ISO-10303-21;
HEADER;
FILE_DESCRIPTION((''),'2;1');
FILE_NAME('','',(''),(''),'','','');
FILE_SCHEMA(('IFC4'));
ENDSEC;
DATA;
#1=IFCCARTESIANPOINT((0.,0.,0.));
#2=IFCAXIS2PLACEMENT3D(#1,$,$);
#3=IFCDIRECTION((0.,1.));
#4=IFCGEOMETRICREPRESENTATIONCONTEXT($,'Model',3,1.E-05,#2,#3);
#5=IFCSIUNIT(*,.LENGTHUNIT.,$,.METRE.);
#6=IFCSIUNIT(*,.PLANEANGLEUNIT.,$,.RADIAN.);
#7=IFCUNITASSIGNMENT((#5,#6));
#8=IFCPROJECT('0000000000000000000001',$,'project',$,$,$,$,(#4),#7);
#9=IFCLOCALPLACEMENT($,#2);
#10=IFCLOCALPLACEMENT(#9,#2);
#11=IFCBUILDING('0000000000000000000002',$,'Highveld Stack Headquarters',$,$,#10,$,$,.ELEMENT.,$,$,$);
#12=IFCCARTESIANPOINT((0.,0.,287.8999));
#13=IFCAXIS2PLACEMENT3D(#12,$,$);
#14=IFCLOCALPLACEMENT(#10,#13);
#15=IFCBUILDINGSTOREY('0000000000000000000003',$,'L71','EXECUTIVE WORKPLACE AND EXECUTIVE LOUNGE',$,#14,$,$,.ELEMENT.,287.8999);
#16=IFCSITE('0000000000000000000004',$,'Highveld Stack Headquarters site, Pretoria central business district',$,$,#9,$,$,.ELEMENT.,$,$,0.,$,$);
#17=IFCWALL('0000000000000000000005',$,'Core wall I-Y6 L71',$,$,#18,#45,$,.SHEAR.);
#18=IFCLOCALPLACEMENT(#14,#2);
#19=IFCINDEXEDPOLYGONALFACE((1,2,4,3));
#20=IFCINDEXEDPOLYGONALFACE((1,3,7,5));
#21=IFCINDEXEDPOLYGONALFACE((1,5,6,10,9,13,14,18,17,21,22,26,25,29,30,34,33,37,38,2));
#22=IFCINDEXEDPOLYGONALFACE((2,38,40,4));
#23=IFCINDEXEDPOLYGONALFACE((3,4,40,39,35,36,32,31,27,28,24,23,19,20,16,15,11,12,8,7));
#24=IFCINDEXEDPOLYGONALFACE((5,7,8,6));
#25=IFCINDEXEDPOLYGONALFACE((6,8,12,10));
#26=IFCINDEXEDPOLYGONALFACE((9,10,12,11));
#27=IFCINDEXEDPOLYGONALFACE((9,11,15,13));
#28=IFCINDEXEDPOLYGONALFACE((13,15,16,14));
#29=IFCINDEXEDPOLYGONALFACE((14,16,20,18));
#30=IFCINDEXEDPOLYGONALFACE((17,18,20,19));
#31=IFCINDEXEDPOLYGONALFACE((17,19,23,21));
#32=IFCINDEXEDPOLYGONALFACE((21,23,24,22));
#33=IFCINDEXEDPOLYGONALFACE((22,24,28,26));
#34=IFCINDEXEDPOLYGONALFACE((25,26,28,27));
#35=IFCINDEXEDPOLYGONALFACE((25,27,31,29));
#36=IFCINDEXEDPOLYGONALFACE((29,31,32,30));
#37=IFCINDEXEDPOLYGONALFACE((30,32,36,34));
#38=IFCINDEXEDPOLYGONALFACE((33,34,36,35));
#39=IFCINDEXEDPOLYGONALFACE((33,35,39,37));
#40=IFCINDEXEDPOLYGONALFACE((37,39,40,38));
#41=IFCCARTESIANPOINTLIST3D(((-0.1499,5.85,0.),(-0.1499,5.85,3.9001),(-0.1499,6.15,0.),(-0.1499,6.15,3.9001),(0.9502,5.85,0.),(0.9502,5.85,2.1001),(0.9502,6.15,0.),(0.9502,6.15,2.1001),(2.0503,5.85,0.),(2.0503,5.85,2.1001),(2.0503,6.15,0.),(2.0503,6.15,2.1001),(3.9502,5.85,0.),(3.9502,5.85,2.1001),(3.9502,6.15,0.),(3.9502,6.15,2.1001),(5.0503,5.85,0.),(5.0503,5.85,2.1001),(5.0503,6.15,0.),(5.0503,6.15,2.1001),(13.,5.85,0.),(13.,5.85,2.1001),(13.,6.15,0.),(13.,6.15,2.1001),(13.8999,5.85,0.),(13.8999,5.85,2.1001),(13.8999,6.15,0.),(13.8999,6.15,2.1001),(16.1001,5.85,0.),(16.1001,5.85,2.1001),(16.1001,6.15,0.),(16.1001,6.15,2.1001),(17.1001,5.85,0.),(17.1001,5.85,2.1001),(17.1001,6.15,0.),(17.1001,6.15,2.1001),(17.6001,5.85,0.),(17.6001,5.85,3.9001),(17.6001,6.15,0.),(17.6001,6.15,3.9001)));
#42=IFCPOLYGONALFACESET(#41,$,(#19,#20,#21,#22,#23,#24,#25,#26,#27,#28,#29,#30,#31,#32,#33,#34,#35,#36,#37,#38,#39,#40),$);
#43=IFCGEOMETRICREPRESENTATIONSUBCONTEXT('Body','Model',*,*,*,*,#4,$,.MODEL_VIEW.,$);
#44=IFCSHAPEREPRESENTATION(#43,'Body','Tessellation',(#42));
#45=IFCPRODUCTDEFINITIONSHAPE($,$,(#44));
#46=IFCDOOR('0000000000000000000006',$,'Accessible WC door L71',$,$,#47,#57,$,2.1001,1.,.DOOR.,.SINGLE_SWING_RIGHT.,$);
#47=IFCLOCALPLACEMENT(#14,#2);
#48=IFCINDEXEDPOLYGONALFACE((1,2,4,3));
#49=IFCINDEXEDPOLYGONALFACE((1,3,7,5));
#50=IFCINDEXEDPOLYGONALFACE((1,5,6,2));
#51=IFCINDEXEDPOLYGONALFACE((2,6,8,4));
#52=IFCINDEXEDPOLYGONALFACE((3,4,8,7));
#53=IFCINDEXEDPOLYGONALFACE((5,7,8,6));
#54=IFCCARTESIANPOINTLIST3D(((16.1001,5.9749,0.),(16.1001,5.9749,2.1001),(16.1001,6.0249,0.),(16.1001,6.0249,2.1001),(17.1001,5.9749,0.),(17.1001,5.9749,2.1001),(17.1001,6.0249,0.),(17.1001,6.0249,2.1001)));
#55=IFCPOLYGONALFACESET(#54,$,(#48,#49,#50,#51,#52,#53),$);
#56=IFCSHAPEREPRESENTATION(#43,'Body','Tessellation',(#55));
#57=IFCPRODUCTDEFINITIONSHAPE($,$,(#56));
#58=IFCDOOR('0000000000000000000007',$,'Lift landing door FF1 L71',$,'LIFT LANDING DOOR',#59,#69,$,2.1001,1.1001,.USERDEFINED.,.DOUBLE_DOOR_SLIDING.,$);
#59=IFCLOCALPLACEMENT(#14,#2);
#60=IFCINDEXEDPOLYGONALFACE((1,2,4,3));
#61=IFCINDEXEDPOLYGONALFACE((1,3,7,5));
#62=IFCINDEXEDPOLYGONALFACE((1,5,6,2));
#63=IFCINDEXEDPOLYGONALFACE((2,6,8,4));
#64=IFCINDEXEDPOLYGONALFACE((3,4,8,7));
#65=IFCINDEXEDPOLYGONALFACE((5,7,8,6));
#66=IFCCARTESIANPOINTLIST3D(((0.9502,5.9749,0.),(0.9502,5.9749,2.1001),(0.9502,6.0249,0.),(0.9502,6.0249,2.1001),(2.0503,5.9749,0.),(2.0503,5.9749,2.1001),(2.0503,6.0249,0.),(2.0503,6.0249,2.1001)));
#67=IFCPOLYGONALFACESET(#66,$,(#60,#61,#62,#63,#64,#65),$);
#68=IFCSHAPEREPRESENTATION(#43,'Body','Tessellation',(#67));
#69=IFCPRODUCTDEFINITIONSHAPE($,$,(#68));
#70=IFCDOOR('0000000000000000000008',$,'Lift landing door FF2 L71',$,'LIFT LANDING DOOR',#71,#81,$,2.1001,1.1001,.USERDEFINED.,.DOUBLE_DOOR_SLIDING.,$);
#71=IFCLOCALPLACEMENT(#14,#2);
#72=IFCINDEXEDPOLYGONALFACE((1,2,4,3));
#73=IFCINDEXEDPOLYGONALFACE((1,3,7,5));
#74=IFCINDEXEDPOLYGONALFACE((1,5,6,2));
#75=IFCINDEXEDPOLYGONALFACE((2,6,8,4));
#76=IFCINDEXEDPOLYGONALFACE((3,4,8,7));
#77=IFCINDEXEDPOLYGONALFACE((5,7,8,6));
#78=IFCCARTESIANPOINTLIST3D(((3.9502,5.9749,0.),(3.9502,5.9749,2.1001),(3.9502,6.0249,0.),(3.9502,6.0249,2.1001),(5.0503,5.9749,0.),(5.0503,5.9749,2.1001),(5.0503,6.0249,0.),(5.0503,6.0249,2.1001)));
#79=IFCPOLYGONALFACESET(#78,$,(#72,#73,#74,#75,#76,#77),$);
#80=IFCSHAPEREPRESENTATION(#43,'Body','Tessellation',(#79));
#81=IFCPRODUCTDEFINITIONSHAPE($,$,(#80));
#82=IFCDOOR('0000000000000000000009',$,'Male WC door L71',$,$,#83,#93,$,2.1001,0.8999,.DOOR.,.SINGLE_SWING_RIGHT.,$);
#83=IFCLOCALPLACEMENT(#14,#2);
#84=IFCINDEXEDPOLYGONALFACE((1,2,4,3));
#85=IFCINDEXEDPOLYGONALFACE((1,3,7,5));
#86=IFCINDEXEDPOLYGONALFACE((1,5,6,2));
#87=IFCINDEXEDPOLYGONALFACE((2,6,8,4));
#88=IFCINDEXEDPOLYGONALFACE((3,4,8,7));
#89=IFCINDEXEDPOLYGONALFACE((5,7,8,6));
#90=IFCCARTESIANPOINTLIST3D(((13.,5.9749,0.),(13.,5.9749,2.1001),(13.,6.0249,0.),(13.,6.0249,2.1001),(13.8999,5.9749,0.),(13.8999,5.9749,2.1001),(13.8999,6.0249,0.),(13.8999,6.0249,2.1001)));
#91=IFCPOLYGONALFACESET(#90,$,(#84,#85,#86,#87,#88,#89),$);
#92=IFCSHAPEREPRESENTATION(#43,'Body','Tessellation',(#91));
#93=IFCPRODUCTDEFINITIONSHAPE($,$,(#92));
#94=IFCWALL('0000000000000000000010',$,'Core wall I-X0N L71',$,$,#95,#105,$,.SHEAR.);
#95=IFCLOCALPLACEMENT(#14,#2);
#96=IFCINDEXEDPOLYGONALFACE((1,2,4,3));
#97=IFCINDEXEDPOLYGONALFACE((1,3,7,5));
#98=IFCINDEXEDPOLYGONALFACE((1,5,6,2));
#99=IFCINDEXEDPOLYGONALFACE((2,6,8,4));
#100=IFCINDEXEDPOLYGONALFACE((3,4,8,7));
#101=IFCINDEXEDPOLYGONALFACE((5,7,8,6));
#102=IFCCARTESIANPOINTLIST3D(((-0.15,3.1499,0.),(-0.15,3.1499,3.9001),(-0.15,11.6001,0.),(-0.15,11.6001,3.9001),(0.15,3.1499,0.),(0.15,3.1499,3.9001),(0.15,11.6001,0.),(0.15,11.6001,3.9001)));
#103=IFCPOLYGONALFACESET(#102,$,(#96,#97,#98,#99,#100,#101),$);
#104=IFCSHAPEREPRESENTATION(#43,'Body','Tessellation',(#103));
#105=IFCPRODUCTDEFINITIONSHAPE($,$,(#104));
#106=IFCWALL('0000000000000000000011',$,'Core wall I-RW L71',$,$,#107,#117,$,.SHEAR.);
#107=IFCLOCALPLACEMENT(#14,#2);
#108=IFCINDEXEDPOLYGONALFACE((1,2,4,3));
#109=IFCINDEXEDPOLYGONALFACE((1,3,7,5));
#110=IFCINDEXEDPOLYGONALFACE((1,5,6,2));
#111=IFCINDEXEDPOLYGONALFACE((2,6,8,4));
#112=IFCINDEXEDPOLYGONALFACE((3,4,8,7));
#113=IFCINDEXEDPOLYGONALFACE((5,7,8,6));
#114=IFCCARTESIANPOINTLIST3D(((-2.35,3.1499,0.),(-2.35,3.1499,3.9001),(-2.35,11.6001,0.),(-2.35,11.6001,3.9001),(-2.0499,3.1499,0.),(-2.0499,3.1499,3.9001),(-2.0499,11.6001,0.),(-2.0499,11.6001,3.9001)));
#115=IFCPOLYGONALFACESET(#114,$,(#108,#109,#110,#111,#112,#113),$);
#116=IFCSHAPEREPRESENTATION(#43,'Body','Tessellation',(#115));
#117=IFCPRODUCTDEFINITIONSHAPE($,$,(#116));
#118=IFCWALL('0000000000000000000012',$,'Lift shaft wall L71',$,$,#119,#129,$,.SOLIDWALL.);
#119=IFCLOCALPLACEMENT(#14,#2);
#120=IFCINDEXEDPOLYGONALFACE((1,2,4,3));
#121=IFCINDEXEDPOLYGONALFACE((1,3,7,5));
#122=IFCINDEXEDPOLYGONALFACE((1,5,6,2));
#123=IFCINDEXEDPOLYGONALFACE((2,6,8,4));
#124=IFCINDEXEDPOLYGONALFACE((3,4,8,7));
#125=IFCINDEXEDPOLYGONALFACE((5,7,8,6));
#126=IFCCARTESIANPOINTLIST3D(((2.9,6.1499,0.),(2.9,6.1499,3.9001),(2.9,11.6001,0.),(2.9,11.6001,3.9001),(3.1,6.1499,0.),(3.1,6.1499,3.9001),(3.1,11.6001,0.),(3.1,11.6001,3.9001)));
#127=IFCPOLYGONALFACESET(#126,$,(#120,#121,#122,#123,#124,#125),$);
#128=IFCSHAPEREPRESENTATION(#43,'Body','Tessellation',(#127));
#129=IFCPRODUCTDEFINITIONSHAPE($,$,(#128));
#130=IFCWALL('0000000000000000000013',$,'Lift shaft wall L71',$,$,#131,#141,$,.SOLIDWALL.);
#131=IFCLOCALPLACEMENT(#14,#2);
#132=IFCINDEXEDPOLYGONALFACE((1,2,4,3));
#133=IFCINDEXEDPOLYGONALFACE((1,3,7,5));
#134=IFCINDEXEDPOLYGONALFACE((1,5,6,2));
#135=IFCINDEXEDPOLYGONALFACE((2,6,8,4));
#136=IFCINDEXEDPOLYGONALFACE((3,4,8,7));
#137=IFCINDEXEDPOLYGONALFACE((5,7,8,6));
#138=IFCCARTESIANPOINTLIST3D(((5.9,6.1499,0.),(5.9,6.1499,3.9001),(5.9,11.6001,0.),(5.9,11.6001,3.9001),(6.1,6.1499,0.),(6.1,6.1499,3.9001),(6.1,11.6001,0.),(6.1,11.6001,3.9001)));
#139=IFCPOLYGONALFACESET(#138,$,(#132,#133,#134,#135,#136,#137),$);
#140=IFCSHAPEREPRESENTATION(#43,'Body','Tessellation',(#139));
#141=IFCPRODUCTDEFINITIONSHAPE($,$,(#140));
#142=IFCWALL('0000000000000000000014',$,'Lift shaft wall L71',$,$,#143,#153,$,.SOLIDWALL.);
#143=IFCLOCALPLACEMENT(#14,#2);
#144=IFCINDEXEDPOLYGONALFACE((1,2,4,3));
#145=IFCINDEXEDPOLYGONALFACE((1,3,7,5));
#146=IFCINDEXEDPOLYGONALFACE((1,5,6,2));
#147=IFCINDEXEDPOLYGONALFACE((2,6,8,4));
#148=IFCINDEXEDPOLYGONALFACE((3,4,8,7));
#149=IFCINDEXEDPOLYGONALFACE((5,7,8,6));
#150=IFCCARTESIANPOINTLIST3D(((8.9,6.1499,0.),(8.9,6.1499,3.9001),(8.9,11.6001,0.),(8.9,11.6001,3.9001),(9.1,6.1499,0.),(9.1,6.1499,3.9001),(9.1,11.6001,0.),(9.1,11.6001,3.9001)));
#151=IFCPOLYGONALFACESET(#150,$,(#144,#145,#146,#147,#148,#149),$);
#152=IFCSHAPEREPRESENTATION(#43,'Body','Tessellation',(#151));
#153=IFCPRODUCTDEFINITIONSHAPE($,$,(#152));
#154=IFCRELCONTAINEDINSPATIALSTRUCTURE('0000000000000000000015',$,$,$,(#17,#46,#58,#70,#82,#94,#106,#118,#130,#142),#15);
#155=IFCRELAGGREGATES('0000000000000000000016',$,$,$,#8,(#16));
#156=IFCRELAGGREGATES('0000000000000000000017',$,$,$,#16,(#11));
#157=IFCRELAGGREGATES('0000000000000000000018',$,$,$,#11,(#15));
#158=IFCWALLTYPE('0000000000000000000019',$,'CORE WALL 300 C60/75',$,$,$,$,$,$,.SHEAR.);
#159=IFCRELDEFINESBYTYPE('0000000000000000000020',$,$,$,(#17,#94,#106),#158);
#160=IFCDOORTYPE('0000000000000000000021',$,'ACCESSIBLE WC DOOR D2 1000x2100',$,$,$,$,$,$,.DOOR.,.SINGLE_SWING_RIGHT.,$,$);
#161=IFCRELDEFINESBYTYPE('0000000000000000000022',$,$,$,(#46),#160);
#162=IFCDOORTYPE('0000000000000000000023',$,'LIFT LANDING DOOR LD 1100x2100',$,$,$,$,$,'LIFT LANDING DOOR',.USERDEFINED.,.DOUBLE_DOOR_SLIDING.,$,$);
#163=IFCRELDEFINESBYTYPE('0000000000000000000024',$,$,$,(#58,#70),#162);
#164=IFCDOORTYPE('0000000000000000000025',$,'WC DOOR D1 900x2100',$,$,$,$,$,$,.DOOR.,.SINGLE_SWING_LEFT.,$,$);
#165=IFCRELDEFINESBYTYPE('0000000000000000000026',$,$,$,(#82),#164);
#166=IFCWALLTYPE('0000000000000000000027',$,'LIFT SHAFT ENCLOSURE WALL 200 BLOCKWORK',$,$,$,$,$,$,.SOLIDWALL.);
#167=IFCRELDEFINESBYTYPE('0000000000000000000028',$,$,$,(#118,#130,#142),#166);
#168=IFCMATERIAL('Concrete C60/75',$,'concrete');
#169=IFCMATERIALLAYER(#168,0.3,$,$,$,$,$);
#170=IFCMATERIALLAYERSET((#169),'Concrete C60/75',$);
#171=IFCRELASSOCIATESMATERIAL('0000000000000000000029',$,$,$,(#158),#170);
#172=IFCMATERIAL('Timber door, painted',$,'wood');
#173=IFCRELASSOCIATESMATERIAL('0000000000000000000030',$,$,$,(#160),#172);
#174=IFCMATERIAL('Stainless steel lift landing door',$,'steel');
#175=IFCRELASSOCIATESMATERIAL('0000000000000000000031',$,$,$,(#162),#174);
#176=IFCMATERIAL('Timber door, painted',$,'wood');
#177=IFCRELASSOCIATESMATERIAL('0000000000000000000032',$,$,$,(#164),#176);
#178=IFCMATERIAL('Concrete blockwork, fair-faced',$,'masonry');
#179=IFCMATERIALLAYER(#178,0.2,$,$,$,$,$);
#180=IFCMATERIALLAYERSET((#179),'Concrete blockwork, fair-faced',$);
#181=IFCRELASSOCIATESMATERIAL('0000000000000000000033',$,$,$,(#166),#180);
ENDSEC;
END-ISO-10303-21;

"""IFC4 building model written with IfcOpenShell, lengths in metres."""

from ifc_helpers import new_model, si_unit, direction, frame, frame_2d, origin, place, context, subcontext, project, spatial, rectangle, extrude, material, layer, layer_set, type_object, element, fill, save


model = new_model("IFC4")

# Units and contexts
model_context = context("Model", 3, precision=1e-05, world=origin(), true_north=direction((0.0, 1.0)))
body_context = subcontext(model_context, "Body", "Model", "MODEL_VIEW")
ifc_project = project(units=[si_unit("LENGTHUNIT", "METRE"), si_unit("PLANEANGLEUNIT", "RADIAN")], contexts=[model_context])

# Site, building, storey
site_placement = place(None, origin())
site = spatial("IfcSite", under=ifc_project, at=site_placement, Name="Highveld Stack Headquarters site, Pretoria central business district", CompositionType="ELEMENT", RefElevation=0.0)
building_placement = place(site_placement, origin())
building = spatial("IfcBuilding", under=site, at=building_placement, Name="Highveld Stack Headquarters", CompositionType="ELEMENT")
storey_placement = place(building_placement, frame((0.0, 0.0, 287.8999)))
storey = spatial("IfcBuildingStorey", under=building, at=storey_placement, Name="L71", Description="EXECUTIVE WORKPLACE AND EXECUTIVE LOUNGE", CompositionType="ELEMENT", Elevation=287.8999)

# Wall, openings, doors
ifc_material_1 = material(Name="Concrete C60/75", Category="concrete")
ifc_layer_1 = layer(ifc_material_1, 0.3)
ifc_layer_set_1 = layer_set([ifc_layer_1], Name="Concrete C60/75")
wall_type_1 = type_object("IfcWallType", Name="CORE WALL 300 C60/75", PredefinedType="SHEAR", material=ifc_layer_set_1)
wall_placement = place(storey_placement, frame((-0.1499, 6.0, 0.0), z_axis=(0.0, 0.0, 1.0), x_axis=(1.0, 0.0, 0.0)))
wall = element("IfcWall", 1, at=wall_placement, inside=storey, type_object=wall_type_1, Name="Core wall I-Y6 L71", PredefinedType="SHEAR", context=body_context, shape_type="SweptSolid", body=[
    extrude(rectangle(XDim=17.75, YDim=0.3, at=frame_2d((8.875, 0.0))), origin(), (0.0, 0.0, 1.0), 3.9001),
])
opening_1_placement = place(wall_placement, frame((13.1499, 0.0, 0.0)))
opening_1 = element("IfcOpeningElement", 2, at=opening_1_placement, cuts=wall, PredefinedType="OPENING", context=body_context, shape_type="SweptSolid", body=[
    extrude(rectangle(XDim=0.8999, YDim=2.1001, at=frame_2d((0.45, 1.05))), frame((0.0, 0.1599, 0.0), z_axis=(0.0, -1.0, 0.0), x_axis=(1.0, 0.0, 0.0)), (0.0, 0.0, 1.0), 0.3201),
])
opening_2_placement = place(wall_placement, frame((16.25, 0.0, 0.0)))
opening_2 = element("IfcOpeningElement", 3, at=opening_2_placement, cuts=wall, PredefinedType="OPENING", context=body_context, shape_type="SweptSolid", body=[
    extrude(rectangle(XDim=1.0, YDim=2.1001, at=frame_2d((0.5, 1.05))), frame((0.0, 0.1599, 0.0), z_axis=(0.0, -1.0, 0.0), x_axis=(1.0, 0.0, 0.0)), (0.0, 0.0, 1.0), 0.3201),
])
opening_3_placement = place(wall_placement, frame((1.1001, 0.0, 0.0)))
opening_3 = element("IfcOpeningElement", 4, at=opening_3_placement, cuts=wall, PredefinedType="OPENING", context=body_context, shape_type="SweptSolid", body=[
    extrude(rectangle(XDim=1.1001, YDim=2.1001, at=frame_2d((0.55, 1.05))), frame((0.0, 0.1599, 0.0), z_axis=(0.0, -1.0, 0.0), x_axis=(1.0, 0.0, 0.0)), (0.0, 0.0, 1.0), 0.3201),
])
opening_4_placement = place(wall_placement, frame((4.1001, 0.0, 0.0)))
opening_4 = element("IfcOpeningElement", 5, at=opening_4_placement, cuts=wall, PredefinedType="OPENING", context=body_context, shape_type="SweptSolid", body=[
    extrude(rectangle(XDim=1.1001, YDim=2.1001, at=frame_2d((0.55, 1.05))), frame((0.0, 0.1599, 0.0), z_axis=(0.0, -1.0, 0.0), x_axis=(1.0, 0.0, 0.0)), (0.0, 0.0, 1.0), 0.3201),
])
ifc_material_2 = material(Name="Timber door, painted", Category="wood")
door_type_1 = type_object("IfcDoorType", Name="ACCESSIBLE WC DOOR D2 1000x2100", OperationType="SINGLE_SWING_RIGHT", PredefinedType="DOOR", material=ifc_material_2)
door_1_placement = place(opening_2_placement, origin())
door_1 = element("IfcDoor", 6, at=door_1_placement, inside=storey, type_object=door_type_1, Name="Accessible WC door L71", OperationType="SINGLE_SWING_RIGHT", OverallHeight=2.1001, OverallWidth=1.0, PredefinedType="DOOR", context=body_context, shape_type="SweptSolid", body=[
    extrude(rectangle(XDim=1.0, YDim=2.1001, at=frame_2d((0.5, 1.05))), frame((0.0, 0.0249, 0.0), z_axis=(0.0, -1.0, 0.0), x_axis=(1.0, 0.0, 0.0)), (0.0, 0.0, 1.0), 0.05),
])
fill(opening_2, door_1)
ifc_material_3 = material(Name="Stainless steel lift landing door", Category="steel")
door_type_2 = type_object("IfcDoorType", Name="LIFT LANDING DOOR LD 1100x2100", ElementType="LIFT LANDING DOOR", OperationType="DOUBLE_DOOR_SLIDING", PredefinedType="USERDEFINED", material=ifc_material_3)
door_2_placement = place(opening_3_placement, origin())
door_2 = element("IfcDoor", 7, at=door_2_placement, inside=storey, type_object=door_type_2, Name="Lift landing door FF1 L71", ObjectType="LIFT LANDING DOOR", OperationType="DOUBLE_DOOR_SLIDING", OverallHeight=2.1001, OverallWidth=1.1001, PredefinedType="USERDEFINED", context=body_context, shape_type="SweptSolid", body=[
    extrude(rectangle(XDim=1.1001, YDim=2.1001, at=frame_2d((0.55, 1.05))), frame((0.0, 0.0249, 0.0), z_axis=(0.0, -1.0, 0.0), x_axis=(1.0, 0.0, 0.0)), (0.0, 0.0, 1.0), 0.05),
])
fill(opening_3, door_2)
door_3_placement = place(opening_4_placement, origin())
door_3 = element("IfcDoor", 8, at=door_3_placement, inside=storey, type_object=door_type_2, Name="Lift landing door FF2 L71", ObjectType="LIFT LANDING DOOR", OperationType="DOUBLE_DOOR_SLIDING", OverallHeight=2.1001, OverallWidth=1.1001, PredefinedType="USERDEFINED", context=body_context, shape_type="SweptSolid", body=[
    extrude(rectangle(XDim=1.1001, YDim=2.1001, at=frame_2d((0.55, 1.05))), frame((0.0, 0.0249, 0.0), z_axis=(0.0, -1.0, 0.0), x_axis=(1.0, 0.0, 0.0)), (0.0, 0.0, 1.0), 0.05),
])
fill(opening_4, door_3)
ifc_material_4 = material(Name="Timber door, painted", Category="wood")
door_type_3 = type_object("IfcDoorType", Name="WC DOOR D1 900x2100", OperationType="SINGLE_SWING_LEFT", PredefinedType="DOOR", material=ifc_material_4)
door_4_placement = place(opening_1_placement, origin())
door_4 = element("IfcDoor", 9, at=door_4_placement, inside=storey, type_object=door_type_3, Name="Male WC door L71", OperationType="SINGLE_SWING_RIGHT", OverallHeight=2.1001, OverallWidth=0.8999, PredefinedType="DOOR", context=body_context, shape_type="SweptSolid", body=[
    extrude(rectangle(XDim=0.8999, YDim=2.1001, at=frame_2d((0.45, 1.05))), frame((0.0, 0.0249, 0.0), z_axis=(0.0, -1.0, 0.0), x_axis=(1.0, 0.0, 0.0)), (0.0, 0.0, 1.0), 0.05),
])
fill(opening_1, door_4)

# Walls
for number, where, z_axis, x_axis, name in (
    (10, (0.0, 3.1499, 0.0), (0.0, 0.0, 1.0), (0.0, 1.0, 0.0), "Core wall I-X0N L71"),
    (11, (-2.2, 3.1499, 0.0), (0.0, 0.0, 1.0), (0.0, 1.0, 0.0), "Core wall I-RW L71"),
):
    element("IfcWall", number, at=place(storey_placement, frame(where, z_axis=z_axis, x_axis=x_axis)), inside=storey, type_object=wall_type_1, Name=name, PredefinedType="SHEAR", context=body_context, shape_type="SweptSolid", body=[
        extrude(rectangle(XDim=8.4502, YDim=0.3, at=frame_2d((4.2251, 0.0))), origin(), (0.0, 0.0, 1.0), 3.9001),
    ])
ifc_material_5 = material(Name="Concrete blockwork, fair-faced", Category="masonry")
ifc_layer_2 = layer(ifc_material_5, 0.2)
ifc_layer_set_2 = layer_set([ifc_layer_2], Name="Concrete blockwork, fair-faced")
wall_type_2 = type_object("IfcWallType", Name="LIFT SHAFT ENCLOSURE WALL 200 BLOCKWORK", PredefinedType="SOLIDWALL", material=ifc_layer_set_2)
for number, where, z_axis, x_axis, name in (
    (12, (3.0, 6.1499, 0.0), (0.0, 0.0, 1.0), (0.0, 1.0, 0.0), "Lift shaft wall L71"),
    (13, (6.0, 6.1499, 0.0), (0.0, 0.0, 1.0), (0.0, 1.0, 0.0), "Lift shaft wall L71"),
    (14, (9.0, 6.1499, 0.0), (0.0, 0.0, 1.0), (0.0, 1.0, 0.0), "Lift shaft wall L71"),
):
    element("IfcWall", number, at=place(storey_placement, frame(where, z_axis=z_axis, x_axis=x_axis)), inside=storey, type_object=wall_type_2, Name=name, PredefinedType="SOLIDWALL", context=body_context, shape_type="SweptSolid", body=[
        extrude(rectangle(XDim=5.4502, YDim=0.2, at=frame_2d((2.7251, 0.0))), origin(), (0.0, 0.0, 1.0), 3.9001),
    ])

save(model, "model.ifc")
